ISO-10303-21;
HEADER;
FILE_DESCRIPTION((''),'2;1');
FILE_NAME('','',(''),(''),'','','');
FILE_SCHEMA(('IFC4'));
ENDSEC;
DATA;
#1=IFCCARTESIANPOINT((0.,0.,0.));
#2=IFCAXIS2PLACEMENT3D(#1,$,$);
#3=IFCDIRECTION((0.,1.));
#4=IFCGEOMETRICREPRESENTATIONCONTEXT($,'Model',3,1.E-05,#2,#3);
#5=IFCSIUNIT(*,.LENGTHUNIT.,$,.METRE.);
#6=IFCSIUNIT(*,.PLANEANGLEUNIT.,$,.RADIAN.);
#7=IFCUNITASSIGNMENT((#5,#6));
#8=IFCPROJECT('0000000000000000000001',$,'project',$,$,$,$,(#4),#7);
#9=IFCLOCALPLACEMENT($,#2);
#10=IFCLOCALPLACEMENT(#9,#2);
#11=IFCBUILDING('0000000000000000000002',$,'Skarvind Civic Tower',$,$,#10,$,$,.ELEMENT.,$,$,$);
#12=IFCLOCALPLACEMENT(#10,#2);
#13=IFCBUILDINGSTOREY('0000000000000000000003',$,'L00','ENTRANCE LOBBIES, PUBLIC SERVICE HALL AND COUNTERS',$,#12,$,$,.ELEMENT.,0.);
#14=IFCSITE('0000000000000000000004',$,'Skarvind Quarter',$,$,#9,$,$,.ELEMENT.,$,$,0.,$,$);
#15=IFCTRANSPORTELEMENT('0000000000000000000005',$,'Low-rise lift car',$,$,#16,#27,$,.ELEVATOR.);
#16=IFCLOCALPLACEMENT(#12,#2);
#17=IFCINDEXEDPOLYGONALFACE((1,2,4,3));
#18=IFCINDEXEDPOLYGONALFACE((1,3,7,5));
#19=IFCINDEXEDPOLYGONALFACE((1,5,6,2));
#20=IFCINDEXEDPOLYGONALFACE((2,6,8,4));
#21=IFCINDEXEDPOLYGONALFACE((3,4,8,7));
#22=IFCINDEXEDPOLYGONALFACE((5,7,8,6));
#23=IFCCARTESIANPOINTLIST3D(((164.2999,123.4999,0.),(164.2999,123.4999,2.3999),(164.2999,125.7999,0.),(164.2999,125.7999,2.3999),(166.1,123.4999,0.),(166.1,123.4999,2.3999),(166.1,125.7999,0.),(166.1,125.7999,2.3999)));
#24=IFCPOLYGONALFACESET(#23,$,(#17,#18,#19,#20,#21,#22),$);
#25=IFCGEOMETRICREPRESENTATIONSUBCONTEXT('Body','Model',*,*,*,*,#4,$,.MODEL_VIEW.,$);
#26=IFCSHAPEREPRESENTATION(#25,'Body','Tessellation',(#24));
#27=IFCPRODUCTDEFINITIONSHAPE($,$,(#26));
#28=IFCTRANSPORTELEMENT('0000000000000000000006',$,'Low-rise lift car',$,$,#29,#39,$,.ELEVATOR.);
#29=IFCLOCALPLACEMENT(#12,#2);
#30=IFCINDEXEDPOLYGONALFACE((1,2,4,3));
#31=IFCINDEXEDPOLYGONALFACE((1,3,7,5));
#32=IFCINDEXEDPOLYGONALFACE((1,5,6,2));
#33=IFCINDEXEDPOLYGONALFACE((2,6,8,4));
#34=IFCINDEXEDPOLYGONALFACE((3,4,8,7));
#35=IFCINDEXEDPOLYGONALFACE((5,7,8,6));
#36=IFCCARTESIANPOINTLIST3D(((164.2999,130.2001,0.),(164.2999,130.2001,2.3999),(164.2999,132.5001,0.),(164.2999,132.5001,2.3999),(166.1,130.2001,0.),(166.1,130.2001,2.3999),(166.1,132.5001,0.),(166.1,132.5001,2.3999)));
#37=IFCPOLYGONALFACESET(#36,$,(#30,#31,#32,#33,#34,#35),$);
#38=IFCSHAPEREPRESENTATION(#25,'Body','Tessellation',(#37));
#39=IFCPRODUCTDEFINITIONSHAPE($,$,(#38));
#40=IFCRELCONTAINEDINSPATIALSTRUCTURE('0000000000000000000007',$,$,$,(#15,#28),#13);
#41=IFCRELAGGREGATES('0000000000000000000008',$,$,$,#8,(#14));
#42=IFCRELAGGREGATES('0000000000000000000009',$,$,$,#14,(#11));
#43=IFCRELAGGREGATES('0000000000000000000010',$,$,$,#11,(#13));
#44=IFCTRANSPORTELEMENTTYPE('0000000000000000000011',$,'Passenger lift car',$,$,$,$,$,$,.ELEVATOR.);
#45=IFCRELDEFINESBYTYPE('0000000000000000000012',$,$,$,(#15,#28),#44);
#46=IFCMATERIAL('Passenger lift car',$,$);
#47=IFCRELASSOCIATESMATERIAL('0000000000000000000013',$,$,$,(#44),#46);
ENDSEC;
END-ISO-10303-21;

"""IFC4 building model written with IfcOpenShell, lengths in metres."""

from ifc_helpers import new_model, si_unit, direction, frame, origin, origin_2d, place, context, subcontext, project, spatial, rectangle, extrude, material, type_object, element, save


model = new_model("IFC4")

# Units and contexts
model_context = context("Model", 3, precision=1e-05, world=origin(), true_north=direction((0.0, 1.0)))
body_context = subcontext(model_context, "Body", "Model", "MODEL_VIEW")
ifc_project = project(units=[si_unit("LENGTHUNIT", "METRE"), si_unit("PLANEANGLEUNIT", "RADIAN")], contexts=[model_context])

# Site, building, storey
site_placement = place(None, origin())
site = spatial("IfcSite", under=ifc_project, at=site_placement, Name="Skarvind Quarter", CompositionType="ELEMENT", RefElevation=0.0)
building_placement = place(site_placement, origin())
building = spatial("IfcBuilding", under=site, at=building_placement, Name="Skarvind Civic Tower", CompositionType="ELEMENT")
storey_placement = place(building_placement, origin())
storey = spatial("IfcBuildingStorey", under=building, at=storey_placement, Name="L00", Description="ENTRANCE LOBBIES, PUBLIC SERVICE HALL AND COUNTERS", CompositionType="ELEMENT", Elevation=0.0)

# Transport elements
ifc_material_1 = material(Name="Passenger lift car")
transport_element_type = type_object("IfcTransportElementType", Name="Passenger lift car", PredefinedType="ELEVATOR", material=ifc_material_1)
for number, where, z_axis, x_axis, name in (
    (1, (165.2, 124.6499, 0.0), (0.0, 0.0, 1.0), (-1.0, 0.0, 0.0), "Low-rise lift car"),
    (2, (165.2, 131.3501, 0.0), (0.0, 0.0, 1.0), (-1.0, 0.0, 0.0), "Low-rise lift car"),
):
    element("IfcTransportElement", number, at=place(storey_placement, frame(where, z_axis=z_axis, x_axis=x_axis)), inside=storey, type_object=transport_element_type, Name=name, PredefinedType="ELEVATOR", context=body_context, shape_type="SweptSolid", body=[
        extrude(rectangle(XDim=1.8, YDim=2.3, at=origin_2d()), origin(), (0.0, 0.0, 1.0), 2.3999),
    ])

save(model, "model.ifc")
